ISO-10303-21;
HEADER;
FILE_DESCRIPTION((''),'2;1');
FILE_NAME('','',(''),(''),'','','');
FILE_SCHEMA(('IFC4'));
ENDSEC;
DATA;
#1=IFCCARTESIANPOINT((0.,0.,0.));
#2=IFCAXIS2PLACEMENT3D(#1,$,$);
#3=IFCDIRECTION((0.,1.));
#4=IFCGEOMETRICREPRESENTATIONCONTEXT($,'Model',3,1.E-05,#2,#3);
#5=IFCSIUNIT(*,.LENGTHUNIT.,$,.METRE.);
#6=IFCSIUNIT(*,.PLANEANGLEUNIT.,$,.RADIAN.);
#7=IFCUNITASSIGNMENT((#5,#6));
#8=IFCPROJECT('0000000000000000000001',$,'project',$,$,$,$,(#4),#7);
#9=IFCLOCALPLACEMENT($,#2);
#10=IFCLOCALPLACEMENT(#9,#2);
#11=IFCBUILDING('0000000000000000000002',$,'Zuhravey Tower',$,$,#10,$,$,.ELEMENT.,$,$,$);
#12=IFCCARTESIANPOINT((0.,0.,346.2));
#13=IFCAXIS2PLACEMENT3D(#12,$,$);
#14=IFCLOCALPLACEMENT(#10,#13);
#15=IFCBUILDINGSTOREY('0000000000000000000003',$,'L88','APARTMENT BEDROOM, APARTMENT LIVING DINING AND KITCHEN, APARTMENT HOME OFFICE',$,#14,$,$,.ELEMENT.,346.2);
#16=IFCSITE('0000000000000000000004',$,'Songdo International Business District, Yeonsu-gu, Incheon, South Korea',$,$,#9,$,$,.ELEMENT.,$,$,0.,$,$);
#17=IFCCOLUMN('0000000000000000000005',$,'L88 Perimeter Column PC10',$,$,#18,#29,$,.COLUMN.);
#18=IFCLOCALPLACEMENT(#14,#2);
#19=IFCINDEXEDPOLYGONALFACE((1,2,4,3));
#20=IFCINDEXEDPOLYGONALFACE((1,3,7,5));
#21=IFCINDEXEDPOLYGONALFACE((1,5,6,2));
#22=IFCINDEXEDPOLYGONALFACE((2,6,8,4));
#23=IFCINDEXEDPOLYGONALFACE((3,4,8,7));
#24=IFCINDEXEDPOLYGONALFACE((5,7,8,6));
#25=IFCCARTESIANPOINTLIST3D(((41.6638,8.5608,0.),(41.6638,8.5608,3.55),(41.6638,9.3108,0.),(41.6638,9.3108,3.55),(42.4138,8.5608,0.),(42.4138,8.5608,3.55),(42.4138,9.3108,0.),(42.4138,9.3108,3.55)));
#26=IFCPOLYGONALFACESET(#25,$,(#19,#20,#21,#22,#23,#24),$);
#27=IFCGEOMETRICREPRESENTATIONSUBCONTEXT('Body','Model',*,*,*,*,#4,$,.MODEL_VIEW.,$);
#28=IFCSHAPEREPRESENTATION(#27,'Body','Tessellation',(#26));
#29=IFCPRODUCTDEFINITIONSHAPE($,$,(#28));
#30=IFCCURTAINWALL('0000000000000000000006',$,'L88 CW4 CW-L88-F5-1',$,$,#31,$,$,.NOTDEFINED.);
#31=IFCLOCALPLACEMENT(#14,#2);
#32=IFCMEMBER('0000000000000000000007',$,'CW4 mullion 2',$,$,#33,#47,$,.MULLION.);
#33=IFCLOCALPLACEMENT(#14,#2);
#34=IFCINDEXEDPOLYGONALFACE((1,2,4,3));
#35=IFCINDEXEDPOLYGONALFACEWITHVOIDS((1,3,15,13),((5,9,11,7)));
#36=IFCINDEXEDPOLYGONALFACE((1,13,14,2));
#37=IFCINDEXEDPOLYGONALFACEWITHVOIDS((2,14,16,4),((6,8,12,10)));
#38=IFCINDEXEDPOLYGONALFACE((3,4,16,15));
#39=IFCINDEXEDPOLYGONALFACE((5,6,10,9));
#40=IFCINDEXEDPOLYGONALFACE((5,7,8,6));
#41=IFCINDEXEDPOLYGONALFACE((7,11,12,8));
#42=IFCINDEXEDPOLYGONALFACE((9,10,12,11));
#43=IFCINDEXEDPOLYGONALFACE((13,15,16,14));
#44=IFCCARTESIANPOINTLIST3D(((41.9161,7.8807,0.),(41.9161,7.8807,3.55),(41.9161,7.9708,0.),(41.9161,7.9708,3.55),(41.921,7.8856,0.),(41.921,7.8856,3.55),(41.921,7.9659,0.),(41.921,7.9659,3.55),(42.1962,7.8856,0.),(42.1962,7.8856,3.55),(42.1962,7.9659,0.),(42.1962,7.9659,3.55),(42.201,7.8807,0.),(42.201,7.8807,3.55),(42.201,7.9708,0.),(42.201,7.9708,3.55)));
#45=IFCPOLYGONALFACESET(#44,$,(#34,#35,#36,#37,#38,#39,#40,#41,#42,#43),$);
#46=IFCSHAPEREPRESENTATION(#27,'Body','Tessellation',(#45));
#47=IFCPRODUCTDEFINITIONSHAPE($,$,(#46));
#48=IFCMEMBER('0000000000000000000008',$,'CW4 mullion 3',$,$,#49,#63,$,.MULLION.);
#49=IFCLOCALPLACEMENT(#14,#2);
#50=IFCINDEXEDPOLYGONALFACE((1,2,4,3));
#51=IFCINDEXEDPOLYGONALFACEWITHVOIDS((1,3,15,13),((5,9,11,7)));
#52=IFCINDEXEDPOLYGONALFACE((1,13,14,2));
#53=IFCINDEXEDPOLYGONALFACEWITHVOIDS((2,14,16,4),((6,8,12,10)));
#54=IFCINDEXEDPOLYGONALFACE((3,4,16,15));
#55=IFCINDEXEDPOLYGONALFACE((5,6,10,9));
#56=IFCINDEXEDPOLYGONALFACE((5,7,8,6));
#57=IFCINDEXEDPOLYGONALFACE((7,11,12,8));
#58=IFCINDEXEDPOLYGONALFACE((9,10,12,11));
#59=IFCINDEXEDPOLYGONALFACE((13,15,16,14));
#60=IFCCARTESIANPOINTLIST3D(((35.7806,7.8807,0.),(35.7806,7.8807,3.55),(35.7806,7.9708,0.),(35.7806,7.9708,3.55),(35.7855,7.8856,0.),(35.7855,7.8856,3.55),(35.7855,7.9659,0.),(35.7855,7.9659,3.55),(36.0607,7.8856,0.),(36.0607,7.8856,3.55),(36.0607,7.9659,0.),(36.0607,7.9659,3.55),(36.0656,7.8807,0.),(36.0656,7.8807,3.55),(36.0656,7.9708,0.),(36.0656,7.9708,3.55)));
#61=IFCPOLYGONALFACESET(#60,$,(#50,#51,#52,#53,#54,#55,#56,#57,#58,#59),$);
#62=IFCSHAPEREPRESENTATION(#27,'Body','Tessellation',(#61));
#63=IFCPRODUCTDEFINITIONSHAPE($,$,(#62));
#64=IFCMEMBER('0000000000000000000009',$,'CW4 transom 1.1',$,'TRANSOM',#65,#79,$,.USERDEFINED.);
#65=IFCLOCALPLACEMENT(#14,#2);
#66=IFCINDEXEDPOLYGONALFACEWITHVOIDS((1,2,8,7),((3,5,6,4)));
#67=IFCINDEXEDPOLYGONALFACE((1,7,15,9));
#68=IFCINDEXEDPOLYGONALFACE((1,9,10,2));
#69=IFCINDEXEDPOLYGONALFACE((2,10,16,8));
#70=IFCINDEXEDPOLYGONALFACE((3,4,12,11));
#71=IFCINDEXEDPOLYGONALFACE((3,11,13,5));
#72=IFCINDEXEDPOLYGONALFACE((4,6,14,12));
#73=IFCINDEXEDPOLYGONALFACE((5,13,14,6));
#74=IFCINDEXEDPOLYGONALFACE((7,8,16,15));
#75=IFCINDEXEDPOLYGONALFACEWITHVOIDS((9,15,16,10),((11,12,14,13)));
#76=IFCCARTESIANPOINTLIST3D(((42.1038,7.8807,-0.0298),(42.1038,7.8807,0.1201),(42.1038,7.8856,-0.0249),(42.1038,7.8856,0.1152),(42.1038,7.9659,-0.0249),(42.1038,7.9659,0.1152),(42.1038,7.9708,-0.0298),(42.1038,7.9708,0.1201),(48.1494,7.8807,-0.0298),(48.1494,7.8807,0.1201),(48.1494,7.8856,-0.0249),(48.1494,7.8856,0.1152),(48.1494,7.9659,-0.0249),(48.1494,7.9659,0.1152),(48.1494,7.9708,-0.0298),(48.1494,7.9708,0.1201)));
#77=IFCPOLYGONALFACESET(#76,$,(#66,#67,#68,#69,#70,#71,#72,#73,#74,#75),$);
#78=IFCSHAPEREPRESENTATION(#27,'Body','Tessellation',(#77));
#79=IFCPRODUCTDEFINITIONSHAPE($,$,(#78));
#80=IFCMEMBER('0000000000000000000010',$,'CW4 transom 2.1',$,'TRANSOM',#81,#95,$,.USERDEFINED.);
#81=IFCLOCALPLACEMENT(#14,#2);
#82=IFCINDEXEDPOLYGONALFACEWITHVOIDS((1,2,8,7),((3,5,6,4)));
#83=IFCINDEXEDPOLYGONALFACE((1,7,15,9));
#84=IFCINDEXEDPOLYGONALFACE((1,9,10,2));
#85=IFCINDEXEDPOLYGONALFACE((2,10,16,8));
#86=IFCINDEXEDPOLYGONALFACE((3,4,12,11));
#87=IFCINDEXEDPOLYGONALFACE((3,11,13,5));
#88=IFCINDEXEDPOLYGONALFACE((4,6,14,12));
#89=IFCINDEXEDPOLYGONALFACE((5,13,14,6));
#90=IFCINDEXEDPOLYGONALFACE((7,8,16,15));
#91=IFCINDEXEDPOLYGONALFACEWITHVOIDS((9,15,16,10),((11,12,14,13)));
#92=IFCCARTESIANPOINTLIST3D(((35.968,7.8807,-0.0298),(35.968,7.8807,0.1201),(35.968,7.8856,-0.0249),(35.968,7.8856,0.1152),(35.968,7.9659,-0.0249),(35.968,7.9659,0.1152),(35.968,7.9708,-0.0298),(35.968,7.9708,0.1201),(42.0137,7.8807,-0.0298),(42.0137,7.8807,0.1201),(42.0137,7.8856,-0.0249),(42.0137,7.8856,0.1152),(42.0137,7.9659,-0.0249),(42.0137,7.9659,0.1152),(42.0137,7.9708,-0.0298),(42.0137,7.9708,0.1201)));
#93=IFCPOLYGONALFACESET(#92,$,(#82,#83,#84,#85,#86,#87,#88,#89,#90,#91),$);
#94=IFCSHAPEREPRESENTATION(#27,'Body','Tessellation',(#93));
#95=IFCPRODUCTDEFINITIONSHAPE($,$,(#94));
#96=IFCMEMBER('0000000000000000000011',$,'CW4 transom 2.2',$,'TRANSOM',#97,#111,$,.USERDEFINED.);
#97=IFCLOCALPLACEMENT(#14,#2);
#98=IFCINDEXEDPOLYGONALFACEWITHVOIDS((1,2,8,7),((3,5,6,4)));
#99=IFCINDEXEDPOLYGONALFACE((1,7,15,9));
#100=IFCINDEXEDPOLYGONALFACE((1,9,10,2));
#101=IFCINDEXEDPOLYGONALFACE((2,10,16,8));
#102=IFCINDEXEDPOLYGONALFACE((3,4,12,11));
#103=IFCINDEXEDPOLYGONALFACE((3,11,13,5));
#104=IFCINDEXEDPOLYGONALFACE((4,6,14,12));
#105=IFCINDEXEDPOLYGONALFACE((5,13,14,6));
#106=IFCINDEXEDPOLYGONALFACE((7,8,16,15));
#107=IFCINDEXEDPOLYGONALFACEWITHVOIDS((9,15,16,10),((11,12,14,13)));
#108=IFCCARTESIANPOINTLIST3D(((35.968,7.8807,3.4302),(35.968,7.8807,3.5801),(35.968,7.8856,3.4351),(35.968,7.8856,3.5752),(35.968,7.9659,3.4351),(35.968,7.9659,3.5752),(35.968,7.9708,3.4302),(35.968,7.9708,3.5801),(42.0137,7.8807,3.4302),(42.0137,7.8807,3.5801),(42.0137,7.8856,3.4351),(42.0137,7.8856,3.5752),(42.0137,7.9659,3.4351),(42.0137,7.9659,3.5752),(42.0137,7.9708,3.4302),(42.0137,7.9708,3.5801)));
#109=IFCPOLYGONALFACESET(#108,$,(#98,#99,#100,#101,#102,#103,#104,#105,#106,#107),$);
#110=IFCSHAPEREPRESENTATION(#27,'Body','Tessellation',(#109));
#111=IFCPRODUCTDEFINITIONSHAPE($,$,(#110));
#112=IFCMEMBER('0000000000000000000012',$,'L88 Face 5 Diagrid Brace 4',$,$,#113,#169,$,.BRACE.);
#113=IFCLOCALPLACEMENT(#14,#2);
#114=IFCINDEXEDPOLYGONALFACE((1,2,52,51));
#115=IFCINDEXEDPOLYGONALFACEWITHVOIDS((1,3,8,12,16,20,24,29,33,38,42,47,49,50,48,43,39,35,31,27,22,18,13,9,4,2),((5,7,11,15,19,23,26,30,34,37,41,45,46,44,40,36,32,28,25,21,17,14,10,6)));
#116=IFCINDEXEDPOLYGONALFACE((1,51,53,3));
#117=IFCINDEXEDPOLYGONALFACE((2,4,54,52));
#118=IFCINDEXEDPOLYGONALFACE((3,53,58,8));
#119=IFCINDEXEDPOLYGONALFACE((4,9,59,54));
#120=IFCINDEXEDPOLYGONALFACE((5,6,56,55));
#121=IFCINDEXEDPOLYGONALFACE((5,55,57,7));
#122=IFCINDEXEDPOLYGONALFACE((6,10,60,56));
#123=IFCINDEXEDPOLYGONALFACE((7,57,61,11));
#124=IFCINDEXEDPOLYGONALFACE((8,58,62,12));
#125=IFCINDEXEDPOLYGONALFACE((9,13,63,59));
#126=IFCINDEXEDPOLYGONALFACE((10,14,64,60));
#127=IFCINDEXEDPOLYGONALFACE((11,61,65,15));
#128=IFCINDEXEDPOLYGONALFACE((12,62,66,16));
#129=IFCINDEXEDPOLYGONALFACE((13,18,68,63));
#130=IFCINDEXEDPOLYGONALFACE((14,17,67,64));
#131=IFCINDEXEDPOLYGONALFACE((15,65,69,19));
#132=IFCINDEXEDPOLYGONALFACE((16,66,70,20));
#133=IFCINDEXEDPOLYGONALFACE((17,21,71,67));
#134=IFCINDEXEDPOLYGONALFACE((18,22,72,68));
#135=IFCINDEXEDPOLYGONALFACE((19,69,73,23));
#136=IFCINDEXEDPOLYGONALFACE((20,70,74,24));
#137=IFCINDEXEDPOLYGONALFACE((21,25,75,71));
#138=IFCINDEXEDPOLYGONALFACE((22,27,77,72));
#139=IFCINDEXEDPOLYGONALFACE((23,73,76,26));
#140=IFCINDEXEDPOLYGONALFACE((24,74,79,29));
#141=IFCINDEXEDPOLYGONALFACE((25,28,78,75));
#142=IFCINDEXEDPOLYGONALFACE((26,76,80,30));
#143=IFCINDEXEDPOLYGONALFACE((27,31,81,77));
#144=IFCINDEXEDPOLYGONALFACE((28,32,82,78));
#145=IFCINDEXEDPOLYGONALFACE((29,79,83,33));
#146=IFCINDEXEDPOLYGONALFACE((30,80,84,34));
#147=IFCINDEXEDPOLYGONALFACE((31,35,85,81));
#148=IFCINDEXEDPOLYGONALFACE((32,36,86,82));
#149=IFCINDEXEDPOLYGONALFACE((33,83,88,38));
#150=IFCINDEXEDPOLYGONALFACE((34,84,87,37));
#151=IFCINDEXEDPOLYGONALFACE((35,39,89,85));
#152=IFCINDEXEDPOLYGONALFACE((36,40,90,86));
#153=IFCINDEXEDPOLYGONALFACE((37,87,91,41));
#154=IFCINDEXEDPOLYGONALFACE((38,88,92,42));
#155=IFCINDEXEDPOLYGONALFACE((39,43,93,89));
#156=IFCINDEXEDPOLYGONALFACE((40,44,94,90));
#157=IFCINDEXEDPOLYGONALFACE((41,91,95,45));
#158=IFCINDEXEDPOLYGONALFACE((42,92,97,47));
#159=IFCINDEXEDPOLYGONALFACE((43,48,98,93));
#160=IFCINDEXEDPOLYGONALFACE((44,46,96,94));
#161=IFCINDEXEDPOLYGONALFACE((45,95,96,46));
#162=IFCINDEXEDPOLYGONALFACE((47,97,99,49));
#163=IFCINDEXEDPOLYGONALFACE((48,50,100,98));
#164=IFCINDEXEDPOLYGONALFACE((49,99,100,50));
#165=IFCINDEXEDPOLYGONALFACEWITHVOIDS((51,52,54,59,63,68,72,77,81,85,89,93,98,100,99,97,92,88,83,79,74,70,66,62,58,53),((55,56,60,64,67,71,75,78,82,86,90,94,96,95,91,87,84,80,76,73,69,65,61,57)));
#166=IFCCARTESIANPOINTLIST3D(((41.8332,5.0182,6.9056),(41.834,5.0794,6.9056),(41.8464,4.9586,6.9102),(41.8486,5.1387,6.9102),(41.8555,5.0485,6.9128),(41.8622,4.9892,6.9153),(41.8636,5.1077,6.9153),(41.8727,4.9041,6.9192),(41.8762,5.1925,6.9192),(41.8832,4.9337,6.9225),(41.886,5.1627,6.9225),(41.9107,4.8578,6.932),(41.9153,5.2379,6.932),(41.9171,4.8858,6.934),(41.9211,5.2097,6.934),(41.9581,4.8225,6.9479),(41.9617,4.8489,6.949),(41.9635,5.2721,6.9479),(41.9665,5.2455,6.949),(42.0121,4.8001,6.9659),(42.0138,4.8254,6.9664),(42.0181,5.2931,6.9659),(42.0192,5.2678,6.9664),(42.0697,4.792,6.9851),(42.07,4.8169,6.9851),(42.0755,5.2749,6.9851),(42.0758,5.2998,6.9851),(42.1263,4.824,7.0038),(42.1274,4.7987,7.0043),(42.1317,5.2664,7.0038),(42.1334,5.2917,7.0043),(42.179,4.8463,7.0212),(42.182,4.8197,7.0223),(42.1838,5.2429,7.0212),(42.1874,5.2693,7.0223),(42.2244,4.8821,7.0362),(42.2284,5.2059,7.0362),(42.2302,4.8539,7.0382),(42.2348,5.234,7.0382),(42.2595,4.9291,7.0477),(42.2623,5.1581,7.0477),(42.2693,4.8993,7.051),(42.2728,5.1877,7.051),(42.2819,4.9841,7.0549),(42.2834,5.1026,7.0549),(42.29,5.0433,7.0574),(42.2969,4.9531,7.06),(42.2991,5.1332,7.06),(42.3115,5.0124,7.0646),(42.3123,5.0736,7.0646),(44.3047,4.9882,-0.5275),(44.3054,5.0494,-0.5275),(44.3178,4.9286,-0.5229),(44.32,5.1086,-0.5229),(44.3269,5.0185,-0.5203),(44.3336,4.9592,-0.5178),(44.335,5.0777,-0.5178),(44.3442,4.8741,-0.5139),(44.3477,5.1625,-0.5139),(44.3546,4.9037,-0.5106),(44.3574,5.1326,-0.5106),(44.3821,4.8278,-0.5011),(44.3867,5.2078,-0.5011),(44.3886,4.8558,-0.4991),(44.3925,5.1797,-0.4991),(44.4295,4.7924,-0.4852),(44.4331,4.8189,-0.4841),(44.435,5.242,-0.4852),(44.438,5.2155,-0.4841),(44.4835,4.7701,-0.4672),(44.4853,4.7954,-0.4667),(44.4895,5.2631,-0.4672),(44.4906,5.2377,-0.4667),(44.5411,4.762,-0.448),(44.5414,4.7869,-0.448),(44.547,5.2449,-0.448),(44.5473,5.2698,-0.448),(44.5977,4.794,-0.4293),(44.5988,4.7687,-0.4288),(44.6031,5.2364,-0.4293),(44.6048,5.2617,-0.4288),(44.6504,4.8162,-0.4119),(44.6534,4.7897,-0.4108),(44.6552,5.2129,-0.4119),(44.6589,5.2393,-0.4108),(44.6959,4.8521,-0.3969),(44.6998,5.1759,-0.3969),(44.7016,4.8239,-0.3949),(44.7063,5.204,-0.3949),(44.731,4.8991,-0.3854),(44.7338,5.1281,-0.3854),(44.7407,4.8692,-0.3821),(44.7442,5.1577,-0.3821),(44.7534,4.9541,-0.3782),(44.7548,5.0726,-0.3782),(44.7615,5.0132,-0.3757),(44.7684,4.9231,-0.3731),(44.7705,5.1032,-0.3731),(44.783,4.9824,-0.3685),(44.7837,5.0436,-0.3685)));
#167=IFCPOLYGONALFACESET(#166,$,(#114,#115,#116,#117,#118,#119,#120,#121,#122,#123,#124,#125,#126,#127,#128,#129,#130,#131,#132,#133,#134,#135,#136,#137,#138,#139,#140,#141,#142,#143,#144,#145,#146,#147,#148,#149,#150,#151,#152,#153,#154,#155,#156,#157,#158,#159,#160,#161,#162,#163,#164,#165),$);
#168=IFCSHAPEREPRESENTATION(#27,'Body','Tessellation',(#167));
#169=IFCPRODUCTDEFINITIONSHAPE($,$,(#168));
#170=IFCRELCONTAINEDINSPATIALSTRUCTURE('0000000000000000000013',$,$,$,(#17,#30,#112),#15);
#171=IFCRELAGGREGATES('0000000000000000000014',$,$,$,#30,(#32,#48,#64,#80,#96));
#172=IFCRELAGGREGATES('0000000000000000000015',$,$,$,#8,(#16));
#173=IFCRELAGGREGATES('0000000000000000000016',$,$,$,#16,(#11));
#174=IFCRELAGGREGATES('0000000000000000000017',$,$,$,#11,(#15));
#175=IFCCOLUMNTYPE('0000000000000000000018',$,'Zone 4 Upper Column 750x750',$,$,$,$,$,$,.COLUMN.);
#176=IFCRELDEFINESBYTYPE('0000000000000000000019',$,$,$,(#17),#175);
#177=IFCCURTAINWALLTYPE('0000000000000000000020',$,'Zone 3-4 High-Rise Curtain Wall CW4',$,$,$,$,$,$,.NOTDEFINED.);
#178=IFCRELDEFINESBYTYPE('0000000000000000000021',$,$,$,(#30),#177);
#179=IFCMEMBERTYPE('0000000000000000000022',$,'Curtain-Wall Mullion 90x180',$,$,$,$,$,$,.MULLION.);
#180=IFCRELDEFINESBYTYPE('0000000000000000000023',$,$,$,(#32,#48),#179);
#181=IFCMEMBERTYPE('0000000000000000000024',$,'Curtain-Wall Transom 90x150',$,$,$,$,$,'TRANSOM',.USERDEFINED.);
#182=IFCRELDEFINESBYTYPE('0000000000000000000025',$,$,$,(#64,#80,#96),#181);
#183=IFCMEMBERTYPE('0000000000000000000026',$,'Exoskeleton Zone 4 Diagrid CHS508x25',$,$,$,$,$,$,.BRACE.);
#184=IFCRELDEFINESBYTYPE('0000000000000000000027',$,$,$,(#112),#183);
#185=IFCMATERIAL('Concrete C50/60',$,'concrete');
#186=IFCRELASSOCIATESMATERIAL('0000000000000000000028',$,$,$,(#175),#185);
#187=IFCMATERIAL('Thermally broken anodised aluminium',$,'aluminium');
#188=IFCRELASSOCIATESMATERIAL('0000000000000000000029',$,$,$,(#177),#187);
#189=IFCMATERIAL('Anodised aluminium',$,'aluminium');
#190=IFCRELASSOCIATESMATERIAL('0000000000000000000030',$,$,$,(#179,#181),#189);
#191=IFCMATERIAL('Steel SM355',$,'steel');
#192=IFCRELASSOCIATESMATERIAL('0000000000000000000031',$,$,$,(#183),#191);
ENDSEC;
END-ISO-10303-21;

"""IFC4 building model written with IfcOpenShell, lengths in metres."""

from ifc_helpers import new_model, si_unit, direction, frame, origin, origin_2d, place, context, subcontext, project, spatial, rectangle, hollow_rectangle, hollow_circle, extrude, material, material_profile, profile_set, type_object, element, aggregate, save


model = new_model("IFC4")

# Units and contexts
model_context = context("Model", 3, precision=1e-05, world=origin(), true_north=direction((0.0, 1.0)))
body_context = subcontext(model_context, "Body", "Model", "MODEL_VIEW")
ifc_project = project(units=[si_unit("LENGTHUNIT", "METRE"), si_unit("PLANEANGLEUNIT", "RADIAN")], contexts=[model_context])

# Site, building, storey
site_placement = place(None, origin())
site = spatial("IfcSite", under=ifc_project, at=site_placement, Name="Songdo International Business District, Yeonsu-gu, Incheon, South Korea", CompositionType="ELEMENT", RefElevation=0.0)
building_placement = place(site_placement, origin())
building = spatial("IfcBuilding", under=site, at=building_placement, Name="Zuhravey Tower", CompositionType="ELEMENT")
storey_placement = place(building_placement, frame((0.0, 0.0, 346.2)))
storey = spatial("IfcBuildingStorey", under=building, at=storey_placement, Name="L88", Description="APARTMENT BEDROOM, APARTMENT LIVING DINING AND KITCHEN, APARTMENT HOME OFFICE", CompositionType="ELEMENT", Elevation=346.2)

# Column
ifc_material_1 = material(Name="Concrete C50/60", Category="concrete")
ifc_material_profile_1 = material_profile(ifc_material_1, rectangle(XDim=0.75, YDim=0.75, at=origin_2d()), Name="RC-750x750")
ifc_profile_set_1 = profile_set([ifc_material_profile_1], Name="Concrete C50/60")
column_type = type_object("IfcColumnType", Name="Zone 4 Upper Column 750x750", PredefinedType="COLUMN", material=ifc_profile_set_1)
column_placement = place(storey_placement, frame((42.0388, 8.9358, 0.0), z_axis=(0.0, 0.0, 1.0), x_axis=(1.0, 0.0, 0.0)))
element("IfcColumn", 1, at=column_placement, inside=storey, type_object=column_type, Name="L88 Perimeter Column PC10", PredefinedType="COLUMN", context=body_context, shape_type="SweptSolid", body=[
    extrude(rectangle(XDim=0.75, YDim=0.75, at=origin_2d()), origin(), (0.0, 0.0, 1.0), 3.55),
])

# Curtain wall, members
ifc_material_2 = material(Name="Thermally broken anodised aluminium", Category="aluminium")
curtain_wall_type = type_object("IfcCurtainWallType", Name="Zone 3-4 High-Rise Curtain Wall CW4", PredefinedType="NOTDEFINED", material=ifc_material_2)
curtain_wall_placement = place(storey_placement, origin())
curtain_wall = element("IfcCurtainWall", 2, at=curtain_wall_placement, inside=storey, type_object=curtain_wall_type, Name="L88 CW4 CW-L88-F5-1", PredefinedType="NOTDEFINED")
ifc_material_3 = material(Name="Anodised aluminium", Category="aluminium")
ifc_material_profile_2 = material_profile(ifc_material_3, hollow_rectangle(XDim=0.0901, YDim=0.2849, WallThickness=0.0049, at=origin_2d()), Name="ALU-RHS-90x285x5")
ifc_profile_set_2 = profile_set([ifc_material_profile_2], Name="Anodised aluminium")
member_type_1 = type_object("IfcMemberType", Name="Curtain-Wall Mullion 90x180", PredefinedType="MULLION", material=ifc_profile_set_2)
member_1_placement = place(storey_placement, frame((42.0586, 7.9258, 0.0), z_axis=(0.0, 0.0, 1.0), x_axis=(0.0, -1.0, 0.0)))
member_1 = element("IfcMember", 3, at=member_1_placement, type_object=member_type_1, Name="CW4 mullion 2", PredefinedType="MULLION", context=body_context, shape_type="SweptSolid", body=[
    extrude(hollow_rectangle(XDim=0.0901, YDim=0.2849, WallThickness=0.0049, at=origin_2d()), origin(), (0.0, 0.0, 1.0), 3.55),
])
member_2_placement = place(storey_placement, frame((35.9231, 7.9258, 0.0), z_axis=(0.0, 0.0, 1.0), x_axis=(0.0, -1.0, 0.0)))
member_2 = element("IfcMember", 4, at=member_2_placement, type_object=member_type_1, Name="CW4 mullion 3", PredefinedType="MULLION", context=body_context, shape_type="SweptSolid", body=[
    extrude(hollow_rectangle(XDim=0.0901, YDim=0.2849, WallThickness=0.0049, at=origin_2d()), origin(), (0.0, 0.0, 1.0), 3.55),
])
ifc_material_profile_3 = material_profile(ifc_material_3, hollow_rectangle(XDim=0.0901, YDim=0.1499, WallThickness=0.0049, at=origin_2d()), Name="ALU-RHS-90x150x5")
ifc_profile_set_3 = profile_set([ifc_material_profile_3], Name="Anodised aluminium")
member_type_2 = type_object("IfcMemberType", Name="Curtain-Wall Transom 90x150", ElementType="TRANSOM", PredefinedType="USERDEFINED", material=ifc_profile_set_3)
member_3_placement = place(storey_placement, frame((48.1494, 7.9258, 0.0452), z_axis=(-1.0, 0.0, 0.0), x_axis=(0.0, -1.0, 0.0)))
member_3 = element("IfcMember", 5, at=member_3_placement, type_object=member_type_2, Name="CW4 transom 1.1", ObjectType="TRANSOM", PredefinedType="USERDEFINED", context=body_context, shape_type="SweptSolid", body=[
    extrude(hollow_rectangle(XDim=0.0901, YDim=0.1499, WallThickness=0.0049, at=origin_2d()), origin(), (0.0, 0.0, 1.0), 6.0457),
])
member_4_placement = place(storey_placement, frame((42.0137, 7.9258, 0.0452), z_axis=(-1.0, 0.0, 0.0), x_axis=(0.0, -1.0, 0.0)))
member_4 = element("IfcMember", 6, at=member_4_placement, type_object=member_type_2, Name="CW4 transom 2.1", ObjectType="TRANSOM", PredefinedType="USERDEFINED", context=body_context, shape_type="SweptSolid", body=[
    extrude(hollow_rectangle(XDim=0.0901, YDim=0.1499, WallThickness=0.0049, at=origin_2d()), origin(), (0.0, 0.0, 1.0), 6.0457),
])
member_5_placement = place(storey_placement, frame((42.0137, 7.9258, 3.5051), z_axis=(-1.0, 0.0, 0.0), x_axis=(0.0, -1.0, 0.0)))
member_5 = element("IfcMember", 7, at=member_5_placement, type_object=member_type_2, Name="CW4 transom 2.2", ObjectType="TRANSOM", PredefinedType="USERDEFINED", context=body_context, shape_type="SweptSolid", body=[
    extrude(hollow_rectangle(XDim=0.0901, YDim=0.1499, WallThickness=0.0049, at=origin_2d()), origin(), (0.0, 0.0, 1.0), 6.0457),
])

# Member
ifc_material_4 = material(Name="Steel SM355", Category="steel")
ifc_material_profile_4 = material_profile(ifc_material_4, hollow_circle(Radius=0.2539, WallThickness=0.0249, at=origin_2d()), Name="CHS-508.0x25")
ifc_profile_set_4 = profile_set([ifc_material_profile_4], Name="Steel SM355")
member_type_3 = type_object("IfcMemberType", Name="Exoskeleton Zone 4 Diagrid CHS508x25", PredefinedType="BRACE", material=ifc_profile_set_4)
member_6_placement = place(storey_placement, frame((44.5442, 5.0159, -0.448), z_axis=(-0.315505, 0.003834, 0.948916), x_axis=(-0.01215, -0.999926, 0.0)))
element("IfcMember", 8, at=member_6_placement, inside=storey, type_object=member_type_3, Name="L88 Face 5 Diagrid Brace 4", PredefinedType="BRACE", context=body_context, shape_type="SweptSolid", body=[
    extrude(hollow_circle(Radius=0.2539, WallThickness=0.0249, at=origin_2d()), origin(), (0.0, 0.0, 1.0), 7.8333),
])

aggregate(curtain_wall, [member_1, member_2, member_3, member_4, member_5])

save(model, "model.ifc")
